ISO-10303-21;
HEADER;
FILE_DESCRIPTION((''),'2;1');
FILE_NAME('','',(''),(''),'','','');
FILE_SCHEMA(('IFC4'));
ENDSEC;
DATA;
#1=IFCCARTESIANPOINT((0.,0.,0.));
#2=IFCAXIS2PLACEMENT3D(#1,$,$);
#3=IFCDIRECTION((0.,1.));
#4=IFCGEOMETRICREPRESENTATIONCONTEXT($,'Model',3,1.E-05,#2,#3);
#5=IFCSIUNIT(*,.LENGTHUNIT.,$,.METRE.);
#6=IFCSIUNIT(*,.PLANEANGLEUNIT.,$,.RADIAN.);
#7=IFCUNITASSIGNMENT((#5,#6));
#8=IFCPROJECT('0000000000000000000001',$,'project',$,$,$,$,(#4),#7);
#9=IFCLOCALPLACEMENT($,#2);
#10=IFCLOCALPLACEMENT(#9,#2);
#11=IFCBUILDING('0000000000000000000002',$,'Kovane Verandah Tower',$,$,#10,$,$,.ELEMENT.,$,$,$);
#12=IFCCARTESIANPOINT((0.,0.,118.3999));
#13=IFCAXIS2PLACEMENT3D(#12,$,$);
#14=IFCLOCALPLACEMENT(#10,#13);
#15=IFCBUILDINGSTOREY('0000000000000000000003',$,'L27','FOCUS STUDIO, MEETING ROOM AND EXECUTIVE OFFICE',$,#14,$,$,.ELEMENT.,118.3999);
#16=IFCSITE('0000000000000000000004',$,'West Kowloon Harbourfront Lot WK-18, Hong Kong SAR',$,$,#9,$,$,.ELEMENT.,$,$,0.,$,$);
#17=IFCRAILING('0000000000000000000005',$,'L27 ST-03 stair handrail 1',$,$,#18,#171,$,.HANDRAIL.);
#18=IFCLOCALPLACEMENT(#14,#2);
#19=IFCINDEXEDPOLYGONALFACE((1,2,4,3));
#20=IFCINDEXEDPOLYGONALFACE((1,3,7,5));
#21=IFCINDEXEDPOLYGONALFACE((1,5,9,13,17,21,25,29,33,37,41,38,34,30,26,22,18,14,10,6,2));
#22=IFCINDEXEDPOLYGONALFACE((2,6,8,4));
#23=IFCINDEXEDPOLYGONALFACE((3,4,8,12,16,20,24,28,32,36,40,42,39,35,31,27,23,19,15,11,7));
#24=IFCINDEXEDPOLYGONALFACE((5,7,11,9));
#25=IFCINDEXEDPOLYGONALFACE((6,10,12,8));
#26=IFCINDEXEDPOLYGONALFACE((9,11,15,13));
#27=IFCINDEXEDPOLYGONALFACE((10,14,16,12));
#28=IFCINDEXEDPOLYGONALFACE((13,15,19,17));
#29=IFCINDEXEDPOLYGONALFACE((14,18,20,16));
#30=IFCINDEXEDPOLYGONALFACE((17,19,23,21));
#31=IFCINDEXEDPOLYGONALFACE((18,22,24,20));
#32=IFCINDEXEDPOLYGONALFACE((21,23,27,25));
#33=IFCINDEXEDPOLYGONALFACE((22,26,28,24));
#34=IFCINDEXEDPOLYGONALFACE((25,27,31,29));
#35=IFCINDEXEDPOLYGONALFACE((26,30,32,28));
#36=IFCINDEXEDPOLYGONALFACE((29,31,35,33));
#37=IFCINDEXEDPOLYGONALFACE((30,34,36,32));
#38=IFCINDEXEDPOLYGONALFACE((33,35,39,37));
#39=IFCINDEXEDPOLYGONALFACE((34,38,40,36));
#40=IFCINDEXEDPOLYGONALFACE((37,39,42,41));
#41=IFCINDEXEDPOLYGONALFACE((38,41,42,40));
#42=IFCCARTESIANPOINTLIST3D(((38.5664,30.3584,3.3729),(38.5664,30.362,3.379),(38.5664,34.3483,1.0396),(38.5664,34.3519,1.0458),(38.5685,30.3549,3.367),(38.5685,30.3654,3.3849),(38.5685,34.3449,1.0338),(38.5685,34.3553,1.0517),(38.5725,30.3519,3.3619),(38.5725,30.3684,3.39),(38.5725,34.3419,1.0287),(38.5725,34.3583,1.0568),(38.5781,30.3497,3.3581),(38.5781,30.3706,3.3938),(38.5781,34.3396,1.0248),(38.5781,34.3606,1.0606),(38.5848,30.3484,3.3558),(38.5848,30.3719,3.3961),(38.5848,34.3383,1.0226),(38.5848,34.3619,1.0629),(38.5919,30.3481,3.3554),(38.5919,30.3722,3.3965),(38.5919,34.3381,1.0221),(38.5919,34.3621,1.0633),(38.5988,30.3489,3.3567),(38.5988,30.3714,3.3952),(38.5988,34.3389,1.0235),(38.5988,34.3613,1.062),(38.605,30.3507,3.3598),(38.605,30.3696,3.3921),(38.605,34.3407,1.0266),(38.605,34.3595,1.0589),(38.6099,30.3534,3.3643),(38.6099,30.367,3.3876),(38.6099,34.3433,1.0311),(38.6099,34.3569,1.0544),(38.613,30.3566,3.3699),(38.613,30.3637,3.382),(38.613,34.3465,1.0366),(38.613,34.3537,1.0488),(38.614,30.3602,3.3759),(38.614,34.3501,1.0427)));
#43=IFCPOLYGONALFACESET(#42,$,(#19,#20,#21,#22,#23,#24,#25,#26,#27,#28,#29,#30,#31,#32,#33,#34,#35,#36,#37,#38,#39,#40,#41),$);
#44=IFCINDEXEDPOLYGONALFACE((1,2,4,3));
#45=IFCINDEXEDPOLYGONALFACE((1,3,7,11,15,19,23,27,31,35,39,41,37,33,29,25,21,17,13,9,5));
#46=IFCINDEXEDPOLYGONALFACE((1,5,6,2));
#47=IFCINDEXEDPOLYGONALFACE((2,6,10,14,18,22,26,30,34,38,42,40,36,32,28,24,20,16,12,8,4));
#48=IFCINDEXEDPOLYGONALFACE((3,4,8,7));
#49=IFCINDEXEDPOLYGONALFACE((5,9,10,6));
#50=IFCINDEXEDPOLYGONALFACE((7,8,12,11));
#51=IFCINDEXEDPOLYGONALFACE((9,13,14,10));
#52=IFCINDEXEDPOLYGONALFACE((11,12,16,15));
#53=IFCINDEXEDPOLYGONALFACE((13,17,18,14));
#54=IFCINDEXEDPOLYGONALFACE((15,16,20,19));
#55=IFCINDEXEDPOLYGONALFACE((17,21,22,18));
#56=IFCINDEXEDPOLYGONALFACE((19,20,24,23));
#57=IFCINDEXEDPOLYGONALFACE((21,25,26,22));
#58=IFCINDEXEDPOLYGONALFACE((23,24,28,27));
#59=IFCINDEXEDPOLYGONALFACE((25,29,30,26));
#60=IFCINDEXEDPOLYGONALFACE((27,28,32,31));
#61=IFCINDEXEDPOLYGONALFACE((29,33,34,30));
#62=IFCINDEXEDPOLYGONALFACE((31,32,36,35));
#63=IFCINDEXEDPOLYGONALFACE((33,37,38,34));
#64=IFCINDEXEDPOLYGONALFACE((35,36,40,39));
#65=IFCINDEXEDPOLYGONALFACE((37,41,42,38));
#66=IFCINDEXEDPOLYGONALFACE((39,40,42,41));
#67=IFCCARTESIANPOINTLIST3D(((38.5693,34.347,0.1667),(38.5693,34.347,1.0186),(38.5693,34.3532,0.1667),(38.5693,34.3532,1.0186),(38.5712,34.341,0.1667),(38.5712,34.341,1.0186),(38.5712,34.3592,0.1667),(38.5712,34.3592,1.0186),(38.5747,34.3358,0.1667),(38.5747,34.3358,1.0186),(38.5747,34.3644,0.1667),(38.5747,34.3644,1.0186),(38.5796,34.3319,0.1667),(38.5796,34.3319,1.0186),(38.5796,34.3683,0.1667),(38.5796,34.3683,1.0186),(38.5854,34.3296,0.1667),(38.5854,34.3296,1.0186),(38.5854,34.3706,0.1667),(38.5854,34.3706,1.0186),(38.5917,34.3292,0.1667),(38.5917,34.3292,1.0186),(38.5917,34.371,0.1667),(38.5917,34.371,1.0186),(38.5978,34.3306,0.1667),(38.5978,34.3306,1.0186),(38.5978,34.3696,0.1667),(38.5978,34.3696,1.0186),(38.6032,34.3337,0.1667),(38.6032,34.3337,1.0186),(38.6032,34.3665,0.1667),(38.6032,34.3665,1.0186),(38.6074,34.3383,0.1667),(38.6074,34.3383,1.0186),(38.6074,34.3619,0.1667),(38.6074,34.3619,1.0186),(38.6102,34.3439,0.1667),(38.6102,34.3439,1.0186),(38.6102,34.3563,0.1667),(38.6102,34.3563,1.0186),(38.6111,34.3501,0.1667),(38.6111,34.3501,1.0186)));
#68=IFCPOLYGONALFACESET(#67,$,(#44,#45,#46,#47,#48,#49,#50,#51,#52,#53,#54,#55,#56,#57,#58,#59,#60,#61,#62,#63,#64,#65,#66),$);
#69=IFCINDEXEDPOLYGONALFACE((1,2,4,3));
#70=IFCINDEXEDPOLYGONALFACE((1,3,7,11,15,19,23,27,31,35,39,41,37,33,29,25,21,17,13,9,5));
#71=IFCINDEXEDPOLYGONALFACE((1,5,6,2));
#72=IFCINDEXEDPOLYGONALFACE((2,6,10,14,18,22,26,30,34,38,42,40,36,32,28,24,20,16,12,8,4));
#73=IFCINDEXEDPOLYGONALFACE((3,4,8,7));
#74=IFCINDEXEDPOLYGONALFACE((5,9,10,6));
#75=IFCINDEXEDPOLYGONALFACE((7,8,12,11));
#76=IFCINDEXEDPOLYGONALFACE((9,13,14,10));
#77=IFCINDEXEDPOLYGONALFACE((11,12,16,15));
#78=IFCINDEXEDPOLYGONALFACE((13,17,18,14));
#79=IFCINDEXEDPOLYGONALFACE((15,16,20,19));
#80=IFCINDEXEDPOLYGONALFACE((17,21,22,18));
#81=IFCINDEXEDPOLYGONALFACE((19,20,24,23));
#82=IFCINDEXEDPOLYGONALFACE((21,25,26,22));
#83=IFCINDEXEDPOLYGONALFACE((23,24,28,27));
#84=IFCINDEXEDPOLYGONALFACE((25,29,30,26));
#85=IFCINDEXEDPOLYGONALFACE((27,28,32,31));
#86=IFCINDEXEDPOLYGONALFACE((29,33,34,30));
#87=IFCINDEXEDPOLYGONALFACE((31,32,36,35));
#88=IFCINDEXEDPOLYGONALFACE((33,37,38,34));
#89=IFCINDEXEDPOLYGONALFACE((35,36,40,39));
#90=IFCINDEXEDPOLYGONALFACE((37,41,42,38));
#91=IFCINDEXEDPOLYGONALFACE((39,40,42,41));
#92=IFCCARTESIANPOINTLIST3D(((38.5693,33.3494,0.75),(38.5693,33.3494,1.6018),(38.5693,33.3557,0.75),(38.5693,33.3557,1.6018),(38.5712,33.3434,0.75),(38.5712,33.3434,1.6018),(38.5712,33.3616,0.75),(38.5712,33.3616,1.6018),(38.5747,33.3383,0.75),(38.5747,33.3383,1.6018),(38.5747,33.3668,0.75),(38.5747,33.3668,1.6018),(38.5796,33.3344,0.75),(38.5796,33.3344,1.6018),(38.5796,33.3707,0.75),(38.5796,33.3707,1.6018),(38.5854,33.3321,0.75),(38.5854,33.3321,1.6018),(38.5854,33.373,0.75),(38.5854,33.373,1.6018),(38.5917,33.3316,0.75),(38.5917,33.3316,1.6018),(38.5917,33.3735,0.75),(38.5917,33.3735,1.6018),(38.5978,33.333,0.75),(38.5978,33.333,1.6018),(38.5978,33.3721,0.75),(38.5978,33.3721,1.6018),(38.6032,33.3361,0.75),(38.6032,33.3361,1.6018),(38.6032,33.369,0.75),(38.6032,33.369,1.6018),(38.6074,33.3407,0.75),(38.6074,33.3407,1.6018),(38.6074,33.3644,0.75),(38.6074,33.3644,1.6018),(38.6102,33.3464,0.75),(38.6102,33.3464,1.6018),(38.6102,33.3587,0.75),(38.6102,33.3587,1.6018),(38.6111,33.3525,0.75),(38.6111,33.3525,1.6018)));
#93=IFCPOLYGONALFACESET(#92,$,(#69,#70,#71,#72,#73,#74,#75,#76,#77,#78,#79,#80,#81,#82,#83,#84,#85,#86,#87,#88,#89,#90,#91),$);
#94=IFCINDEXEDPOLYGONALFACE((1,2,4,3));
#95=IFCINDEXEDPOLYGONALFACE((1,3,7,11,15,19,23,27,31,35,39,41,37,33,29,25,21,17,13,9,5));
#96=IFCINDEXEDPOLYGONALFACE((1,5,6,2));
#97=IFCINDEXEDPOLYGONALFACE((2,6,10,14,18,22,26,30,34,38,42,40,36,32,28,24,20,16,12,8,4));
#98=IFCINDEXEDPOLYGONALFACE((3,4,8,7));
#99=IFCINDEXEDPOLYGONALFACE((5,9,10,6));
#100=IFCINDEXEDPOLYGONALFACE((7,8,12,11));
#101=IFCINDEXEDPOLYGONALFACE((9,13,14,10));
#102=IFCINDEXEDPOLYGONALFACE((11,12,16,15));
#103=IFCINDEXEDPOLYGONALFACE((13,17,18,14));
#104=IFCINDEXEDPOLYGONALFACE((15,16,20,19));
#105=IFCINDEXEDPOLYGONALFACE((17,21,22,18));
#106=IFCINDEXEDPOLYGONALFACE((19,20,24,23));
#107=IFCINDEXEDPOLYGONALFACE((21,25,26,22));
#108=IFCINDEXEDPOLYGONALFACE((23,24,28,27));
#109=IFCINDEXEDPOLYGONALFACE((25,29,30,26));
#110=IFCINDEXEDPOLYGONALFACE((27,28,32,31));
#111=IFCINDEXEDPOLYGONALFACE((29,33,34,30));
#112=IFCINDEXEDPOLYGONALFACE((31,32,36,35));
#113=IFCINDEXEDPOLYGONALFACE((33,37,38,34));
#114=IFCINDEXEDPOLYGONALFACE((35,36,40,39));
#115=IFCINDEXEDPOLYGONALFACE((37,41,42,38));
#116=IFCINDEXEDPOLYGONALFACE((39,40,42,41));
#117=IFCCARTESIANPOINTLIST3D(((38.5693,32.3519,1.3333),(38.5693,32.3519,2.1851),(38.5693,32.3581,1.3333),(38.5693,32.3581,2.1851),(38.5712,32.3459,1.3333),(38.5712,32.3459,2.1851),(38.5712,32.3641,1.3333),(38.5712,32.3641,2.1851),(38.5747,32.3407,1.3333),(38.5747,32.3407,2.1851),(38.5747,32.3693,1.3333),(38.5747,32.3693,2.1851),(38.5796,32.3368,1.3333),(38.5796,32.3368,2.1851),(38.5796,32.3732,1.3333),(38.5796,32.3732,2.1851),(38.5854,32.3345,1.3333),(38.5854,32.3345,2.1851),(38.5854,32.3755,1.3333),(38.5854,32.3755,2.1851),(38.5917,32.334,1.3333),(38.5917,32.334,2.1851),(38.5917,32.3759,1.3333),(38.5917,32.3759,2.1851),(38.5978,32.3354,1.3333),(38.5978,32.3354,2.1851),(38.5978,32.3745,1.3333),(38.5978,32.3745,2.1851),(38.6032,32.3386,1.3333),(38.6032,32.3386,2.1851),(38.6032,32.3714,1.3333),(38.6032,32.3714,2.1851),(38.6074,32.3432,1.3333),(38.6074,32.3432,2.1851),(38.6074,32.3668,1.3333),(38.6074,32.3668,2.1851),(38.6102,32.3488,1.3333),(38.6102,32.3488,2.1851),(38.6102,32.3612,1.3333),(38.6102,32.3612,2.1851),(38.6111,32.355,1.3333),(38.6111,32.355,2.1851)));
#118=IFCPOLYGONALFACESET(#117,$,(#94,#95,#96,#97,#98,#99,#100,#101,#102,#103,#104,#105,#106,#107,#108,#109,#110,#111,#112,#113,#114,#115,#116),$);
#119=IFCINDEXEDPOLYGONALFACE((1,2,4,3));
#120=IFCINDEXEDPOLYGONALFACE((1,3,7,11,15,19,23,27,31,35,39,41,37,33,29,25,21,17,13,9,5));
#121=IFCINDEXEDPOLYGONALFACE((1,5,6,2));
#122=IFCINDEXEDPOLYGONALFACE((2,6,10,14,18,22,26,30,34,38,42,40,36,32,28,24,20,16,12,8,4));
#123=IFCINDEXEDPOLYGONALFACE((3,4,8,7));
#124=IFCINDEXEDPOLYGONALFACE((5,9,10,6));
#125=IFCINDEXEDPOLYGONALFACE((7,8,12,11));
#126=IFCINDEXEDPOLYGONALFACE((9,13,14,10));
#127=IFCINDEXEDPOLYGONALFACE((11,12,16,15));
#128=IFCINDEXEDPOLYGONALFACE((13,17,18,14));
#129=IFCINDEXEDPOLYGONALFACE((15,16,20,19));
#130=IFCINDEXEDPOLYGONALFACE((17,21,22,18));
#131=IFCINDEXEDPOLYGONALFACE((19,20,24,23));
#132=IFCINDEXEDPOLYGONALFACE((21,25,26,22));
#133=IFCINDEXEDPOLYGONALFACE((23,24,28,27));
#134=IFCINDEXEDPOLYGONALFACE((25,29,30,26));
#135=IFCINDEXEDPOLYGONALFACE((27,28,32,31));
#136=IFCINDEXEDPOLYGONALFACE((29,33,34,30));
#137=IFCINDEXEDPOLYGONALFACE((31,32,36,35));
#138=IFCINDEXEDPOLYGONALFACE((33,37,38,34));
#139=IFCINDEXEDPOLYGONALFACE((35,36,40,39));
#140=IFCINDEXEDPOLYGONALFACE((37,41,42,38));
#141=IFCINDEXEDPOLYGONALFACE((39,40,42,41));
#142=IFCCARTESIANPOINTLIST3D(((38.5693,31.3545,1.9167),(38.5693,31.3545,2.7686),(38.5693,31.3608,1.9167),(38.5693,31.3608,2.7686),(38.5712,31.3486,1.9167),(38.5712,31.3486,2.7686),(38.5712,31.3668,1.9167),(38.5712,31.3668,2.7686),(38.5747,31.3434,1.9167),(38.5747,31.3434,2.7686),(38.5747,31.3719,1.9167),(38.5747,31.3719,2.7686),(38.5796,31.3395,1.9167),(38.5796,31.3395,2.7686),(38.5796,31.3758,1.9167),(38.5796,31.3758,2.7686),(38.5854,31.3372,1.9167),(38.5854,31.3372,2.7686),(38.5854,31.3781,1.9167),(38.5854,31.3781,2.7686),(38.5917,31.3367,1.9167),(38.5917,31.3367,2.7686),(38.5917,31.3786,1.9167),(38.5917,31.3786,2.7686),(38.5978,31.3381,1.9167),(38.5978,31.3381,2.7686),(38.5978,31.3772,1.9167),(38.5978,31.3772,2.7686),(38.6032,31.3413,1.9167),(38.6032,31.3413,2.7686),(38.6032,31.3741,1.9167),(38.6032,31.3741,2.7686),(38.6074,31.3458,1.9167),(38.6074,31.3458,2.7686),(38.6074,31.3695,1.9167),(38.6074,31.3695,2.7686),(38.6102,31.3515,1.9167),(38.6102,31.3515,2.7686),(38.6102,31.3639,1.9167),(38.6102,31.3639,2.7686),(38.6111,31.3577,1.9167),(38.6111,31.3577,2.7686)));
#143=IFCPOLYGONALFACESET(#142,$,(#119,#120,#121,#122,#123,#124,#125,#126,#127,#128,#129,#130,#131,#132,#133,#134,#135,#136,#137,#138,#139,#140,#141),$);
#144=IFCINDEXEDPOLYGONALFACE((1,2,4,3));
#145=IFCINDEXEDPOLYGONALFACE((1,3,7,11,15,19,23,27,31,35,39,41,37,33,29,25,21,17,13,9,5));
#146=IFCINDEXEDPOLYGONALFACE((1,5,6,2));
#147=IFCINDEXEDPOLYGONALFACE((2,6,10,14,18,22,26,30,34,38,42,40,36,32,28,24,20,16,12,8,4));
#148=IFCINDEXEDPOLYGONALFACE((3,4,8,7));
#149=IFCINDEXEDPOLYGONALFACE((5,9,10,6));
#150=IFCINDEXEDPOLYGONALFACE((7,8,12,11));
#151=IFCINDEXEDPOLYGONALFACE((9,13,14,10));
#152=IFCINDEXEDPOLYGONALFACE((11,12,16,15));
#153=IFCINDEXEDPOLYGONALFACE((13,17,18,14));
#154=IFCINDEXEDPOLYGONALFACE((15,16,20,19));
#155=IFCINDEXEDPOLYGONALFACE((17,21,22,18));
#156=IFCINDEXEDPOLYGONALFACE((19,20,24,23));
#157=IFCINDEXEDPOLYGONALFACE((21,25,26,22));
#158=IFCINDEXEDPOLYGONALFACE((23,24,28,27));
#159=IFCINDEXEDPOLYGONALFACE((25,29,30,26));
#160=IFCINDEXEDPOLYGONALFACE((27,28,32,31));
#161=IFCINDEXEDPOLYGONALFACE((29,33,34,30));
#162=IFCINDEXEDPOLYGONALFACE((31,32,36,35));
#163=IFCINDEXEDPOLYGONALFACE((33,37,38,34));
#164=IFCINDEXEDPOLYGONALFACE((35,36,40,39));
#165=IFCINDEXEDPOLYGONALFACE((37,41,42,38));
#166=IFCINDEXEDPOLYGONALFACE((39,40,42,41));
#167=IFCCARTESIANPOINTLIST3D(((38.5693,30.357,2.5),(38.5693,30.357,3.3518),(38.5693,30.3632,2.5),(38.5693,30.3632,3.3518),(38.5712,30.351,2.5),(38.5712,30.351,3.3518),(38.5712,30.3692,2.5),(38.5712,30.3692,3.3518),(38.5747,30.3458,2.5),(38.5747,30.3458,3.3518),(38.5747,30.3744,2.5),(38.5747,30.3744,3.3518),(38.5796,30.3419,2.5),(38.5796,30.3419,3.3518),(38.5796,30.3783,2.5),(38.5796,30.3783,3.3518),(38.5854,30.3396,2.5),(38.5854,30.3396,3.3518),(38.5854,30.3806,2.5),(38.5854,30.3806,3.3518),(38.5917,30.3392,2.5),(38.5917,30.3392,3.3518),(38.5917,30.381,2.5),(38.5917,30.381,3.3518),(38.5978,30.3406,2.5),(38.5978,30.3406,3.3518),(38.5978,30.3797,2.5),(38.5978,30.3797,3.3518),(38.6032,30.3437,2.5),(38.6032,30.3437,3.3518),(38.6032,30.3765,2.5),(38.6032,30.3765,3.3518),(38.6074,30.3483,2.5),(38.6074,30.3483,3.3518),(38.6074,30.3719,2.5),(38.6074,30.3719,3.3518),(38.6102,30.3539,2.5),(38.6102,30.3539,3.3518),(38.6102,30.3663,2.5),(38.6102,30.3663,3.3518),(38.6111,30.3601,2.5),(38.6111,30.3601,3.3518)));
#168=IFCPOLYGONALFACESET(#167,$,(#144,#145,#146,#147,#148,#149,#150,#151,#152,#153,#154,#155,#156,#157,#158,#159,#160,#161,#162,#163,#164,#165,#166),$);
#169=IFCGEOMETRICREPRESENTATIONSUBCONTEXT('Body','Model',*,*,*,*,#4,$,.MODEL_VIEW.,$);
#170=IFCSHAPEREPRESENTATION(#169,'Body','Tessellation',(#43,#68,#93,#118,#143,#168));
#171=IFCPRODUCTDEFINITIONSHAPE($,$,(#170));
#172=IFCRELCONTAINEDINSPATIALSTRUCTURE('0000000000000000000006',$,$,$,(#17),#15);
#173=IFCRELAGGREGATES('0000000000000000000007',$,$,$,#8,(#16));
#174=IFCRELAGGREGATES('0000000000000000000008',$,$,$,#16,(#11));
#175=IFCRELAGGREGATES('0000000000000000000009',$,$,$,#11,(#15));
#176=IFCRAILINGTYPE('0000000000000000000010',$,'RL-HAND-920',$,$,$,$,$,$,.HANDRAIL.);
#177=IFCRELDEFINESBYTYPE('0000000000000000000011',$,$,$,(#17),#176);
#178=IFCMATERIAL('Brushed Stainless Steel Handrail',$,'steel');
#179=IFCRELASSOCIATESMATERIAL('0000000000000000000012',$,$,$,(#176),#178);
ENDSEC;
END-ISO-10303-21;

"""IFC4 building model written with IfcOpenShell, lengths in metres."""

from ifc_helpers import new_model, si_unit, direction, frame, origin, origin_2d, place, context, subcontext, project, spatial, circle, extrude, material, type_object, element, save


model = new_model("IFC4")

# Units and contexts
model_context = context("Model", 3, precision=1e-05, world=origin(), true_north=direction((0.0, 1.0)))
body_context = subcontext(model_context, "Body", "Model", "MODEL_VIEW")
ifc_project = project(units=[si_unit("LENGTHUNIT", "METRE"), si_unit("PLANEANGLEUNIT", "RADIAN")], contexts=[model_context])

# Site, building, storey
site_placement = place(None, origin())
site = spatial("IfcSite", under=ifc_project, at=site_placement, Name="West Kowloon Harbourfront Lot WK-18, Hong Kong SAR", CompositionType="ELEMENT", RefElevation=0.0)
building_placement = place(site_placement, origin())
building = spatial("IfcBuilding", under=site, at=building_placement, Name="Kovane Verandah Tower", CompositionType="ELEMENT")
storey_placement = place(building_placement, frame((0.0, 0.0, 118.3999)))
storey = spatial("IfcBuildingStorey", under=building, at=storey_placement, Name="L27", Description="FOCUS STUDIO, MEETING ROOM AND EXECUTIVE OFFICE", CompositionType="ELEMENT", Elevation=118.3999)

# Railing
ifc_material_1 = material(Name="Brushed Stainless Steel Handrail", Category="steel")
railing_type_1 = type_object("IfcRailingType", Name="RL-HAND-920", PredefinedType="HANDRAIL", material=ifc_material_1)
railing_1_placement = place(storey_placement, frame((38.5901, 34.3501, 0.1667)))
element("IfcRailing", 1, at=railing_1_placement, inside=storey, type_object=railing_type_1, Name="L27 ST-03 stair handrail 1", PredefinedType="HANDRAIL", context=body_context, shape_type="SweptSolid", body=[
    extrude(circle(Radius=0.0239, at=origin_2d()), frame((0.0, 0.0, 0.876), z_axis=(0.0, -0.863236, 0.5048), x_axis=(1.0, 0.0, 0.0)), (0.0, 0.0, 1.0), 4.6221),
    extrude(circle(Radius=0.021, at=origin_2d()), origin(), (0.0, 0.0, 1.0), 0.8518),
    extrude(circle(Radius=0.021, at=origin_2d()), frame((0.0, -0.9976, 0.5833)), (0.0, 0.0, 1.0), 0.8518),
    extrude(circle(Radius=0.021, at=origin_2d()), frame((0.0, -1.9951, 1.1665)), (0.0, 0.0, 1.0), 0.8518),
    extrude(circle(Radius=0.021, at=origin_2d()), frame((0.0, -2.9924, 1.75)), (0.0, 0.0, 1.0), 0.8518),
    extrude(circle(Radius=0.021, at=origin_2d()), frame((0.0, -3.99, 2.3333)), (0.0, 0.0, 1.0), 0.8518),
])

save(model, "model.ifc")
